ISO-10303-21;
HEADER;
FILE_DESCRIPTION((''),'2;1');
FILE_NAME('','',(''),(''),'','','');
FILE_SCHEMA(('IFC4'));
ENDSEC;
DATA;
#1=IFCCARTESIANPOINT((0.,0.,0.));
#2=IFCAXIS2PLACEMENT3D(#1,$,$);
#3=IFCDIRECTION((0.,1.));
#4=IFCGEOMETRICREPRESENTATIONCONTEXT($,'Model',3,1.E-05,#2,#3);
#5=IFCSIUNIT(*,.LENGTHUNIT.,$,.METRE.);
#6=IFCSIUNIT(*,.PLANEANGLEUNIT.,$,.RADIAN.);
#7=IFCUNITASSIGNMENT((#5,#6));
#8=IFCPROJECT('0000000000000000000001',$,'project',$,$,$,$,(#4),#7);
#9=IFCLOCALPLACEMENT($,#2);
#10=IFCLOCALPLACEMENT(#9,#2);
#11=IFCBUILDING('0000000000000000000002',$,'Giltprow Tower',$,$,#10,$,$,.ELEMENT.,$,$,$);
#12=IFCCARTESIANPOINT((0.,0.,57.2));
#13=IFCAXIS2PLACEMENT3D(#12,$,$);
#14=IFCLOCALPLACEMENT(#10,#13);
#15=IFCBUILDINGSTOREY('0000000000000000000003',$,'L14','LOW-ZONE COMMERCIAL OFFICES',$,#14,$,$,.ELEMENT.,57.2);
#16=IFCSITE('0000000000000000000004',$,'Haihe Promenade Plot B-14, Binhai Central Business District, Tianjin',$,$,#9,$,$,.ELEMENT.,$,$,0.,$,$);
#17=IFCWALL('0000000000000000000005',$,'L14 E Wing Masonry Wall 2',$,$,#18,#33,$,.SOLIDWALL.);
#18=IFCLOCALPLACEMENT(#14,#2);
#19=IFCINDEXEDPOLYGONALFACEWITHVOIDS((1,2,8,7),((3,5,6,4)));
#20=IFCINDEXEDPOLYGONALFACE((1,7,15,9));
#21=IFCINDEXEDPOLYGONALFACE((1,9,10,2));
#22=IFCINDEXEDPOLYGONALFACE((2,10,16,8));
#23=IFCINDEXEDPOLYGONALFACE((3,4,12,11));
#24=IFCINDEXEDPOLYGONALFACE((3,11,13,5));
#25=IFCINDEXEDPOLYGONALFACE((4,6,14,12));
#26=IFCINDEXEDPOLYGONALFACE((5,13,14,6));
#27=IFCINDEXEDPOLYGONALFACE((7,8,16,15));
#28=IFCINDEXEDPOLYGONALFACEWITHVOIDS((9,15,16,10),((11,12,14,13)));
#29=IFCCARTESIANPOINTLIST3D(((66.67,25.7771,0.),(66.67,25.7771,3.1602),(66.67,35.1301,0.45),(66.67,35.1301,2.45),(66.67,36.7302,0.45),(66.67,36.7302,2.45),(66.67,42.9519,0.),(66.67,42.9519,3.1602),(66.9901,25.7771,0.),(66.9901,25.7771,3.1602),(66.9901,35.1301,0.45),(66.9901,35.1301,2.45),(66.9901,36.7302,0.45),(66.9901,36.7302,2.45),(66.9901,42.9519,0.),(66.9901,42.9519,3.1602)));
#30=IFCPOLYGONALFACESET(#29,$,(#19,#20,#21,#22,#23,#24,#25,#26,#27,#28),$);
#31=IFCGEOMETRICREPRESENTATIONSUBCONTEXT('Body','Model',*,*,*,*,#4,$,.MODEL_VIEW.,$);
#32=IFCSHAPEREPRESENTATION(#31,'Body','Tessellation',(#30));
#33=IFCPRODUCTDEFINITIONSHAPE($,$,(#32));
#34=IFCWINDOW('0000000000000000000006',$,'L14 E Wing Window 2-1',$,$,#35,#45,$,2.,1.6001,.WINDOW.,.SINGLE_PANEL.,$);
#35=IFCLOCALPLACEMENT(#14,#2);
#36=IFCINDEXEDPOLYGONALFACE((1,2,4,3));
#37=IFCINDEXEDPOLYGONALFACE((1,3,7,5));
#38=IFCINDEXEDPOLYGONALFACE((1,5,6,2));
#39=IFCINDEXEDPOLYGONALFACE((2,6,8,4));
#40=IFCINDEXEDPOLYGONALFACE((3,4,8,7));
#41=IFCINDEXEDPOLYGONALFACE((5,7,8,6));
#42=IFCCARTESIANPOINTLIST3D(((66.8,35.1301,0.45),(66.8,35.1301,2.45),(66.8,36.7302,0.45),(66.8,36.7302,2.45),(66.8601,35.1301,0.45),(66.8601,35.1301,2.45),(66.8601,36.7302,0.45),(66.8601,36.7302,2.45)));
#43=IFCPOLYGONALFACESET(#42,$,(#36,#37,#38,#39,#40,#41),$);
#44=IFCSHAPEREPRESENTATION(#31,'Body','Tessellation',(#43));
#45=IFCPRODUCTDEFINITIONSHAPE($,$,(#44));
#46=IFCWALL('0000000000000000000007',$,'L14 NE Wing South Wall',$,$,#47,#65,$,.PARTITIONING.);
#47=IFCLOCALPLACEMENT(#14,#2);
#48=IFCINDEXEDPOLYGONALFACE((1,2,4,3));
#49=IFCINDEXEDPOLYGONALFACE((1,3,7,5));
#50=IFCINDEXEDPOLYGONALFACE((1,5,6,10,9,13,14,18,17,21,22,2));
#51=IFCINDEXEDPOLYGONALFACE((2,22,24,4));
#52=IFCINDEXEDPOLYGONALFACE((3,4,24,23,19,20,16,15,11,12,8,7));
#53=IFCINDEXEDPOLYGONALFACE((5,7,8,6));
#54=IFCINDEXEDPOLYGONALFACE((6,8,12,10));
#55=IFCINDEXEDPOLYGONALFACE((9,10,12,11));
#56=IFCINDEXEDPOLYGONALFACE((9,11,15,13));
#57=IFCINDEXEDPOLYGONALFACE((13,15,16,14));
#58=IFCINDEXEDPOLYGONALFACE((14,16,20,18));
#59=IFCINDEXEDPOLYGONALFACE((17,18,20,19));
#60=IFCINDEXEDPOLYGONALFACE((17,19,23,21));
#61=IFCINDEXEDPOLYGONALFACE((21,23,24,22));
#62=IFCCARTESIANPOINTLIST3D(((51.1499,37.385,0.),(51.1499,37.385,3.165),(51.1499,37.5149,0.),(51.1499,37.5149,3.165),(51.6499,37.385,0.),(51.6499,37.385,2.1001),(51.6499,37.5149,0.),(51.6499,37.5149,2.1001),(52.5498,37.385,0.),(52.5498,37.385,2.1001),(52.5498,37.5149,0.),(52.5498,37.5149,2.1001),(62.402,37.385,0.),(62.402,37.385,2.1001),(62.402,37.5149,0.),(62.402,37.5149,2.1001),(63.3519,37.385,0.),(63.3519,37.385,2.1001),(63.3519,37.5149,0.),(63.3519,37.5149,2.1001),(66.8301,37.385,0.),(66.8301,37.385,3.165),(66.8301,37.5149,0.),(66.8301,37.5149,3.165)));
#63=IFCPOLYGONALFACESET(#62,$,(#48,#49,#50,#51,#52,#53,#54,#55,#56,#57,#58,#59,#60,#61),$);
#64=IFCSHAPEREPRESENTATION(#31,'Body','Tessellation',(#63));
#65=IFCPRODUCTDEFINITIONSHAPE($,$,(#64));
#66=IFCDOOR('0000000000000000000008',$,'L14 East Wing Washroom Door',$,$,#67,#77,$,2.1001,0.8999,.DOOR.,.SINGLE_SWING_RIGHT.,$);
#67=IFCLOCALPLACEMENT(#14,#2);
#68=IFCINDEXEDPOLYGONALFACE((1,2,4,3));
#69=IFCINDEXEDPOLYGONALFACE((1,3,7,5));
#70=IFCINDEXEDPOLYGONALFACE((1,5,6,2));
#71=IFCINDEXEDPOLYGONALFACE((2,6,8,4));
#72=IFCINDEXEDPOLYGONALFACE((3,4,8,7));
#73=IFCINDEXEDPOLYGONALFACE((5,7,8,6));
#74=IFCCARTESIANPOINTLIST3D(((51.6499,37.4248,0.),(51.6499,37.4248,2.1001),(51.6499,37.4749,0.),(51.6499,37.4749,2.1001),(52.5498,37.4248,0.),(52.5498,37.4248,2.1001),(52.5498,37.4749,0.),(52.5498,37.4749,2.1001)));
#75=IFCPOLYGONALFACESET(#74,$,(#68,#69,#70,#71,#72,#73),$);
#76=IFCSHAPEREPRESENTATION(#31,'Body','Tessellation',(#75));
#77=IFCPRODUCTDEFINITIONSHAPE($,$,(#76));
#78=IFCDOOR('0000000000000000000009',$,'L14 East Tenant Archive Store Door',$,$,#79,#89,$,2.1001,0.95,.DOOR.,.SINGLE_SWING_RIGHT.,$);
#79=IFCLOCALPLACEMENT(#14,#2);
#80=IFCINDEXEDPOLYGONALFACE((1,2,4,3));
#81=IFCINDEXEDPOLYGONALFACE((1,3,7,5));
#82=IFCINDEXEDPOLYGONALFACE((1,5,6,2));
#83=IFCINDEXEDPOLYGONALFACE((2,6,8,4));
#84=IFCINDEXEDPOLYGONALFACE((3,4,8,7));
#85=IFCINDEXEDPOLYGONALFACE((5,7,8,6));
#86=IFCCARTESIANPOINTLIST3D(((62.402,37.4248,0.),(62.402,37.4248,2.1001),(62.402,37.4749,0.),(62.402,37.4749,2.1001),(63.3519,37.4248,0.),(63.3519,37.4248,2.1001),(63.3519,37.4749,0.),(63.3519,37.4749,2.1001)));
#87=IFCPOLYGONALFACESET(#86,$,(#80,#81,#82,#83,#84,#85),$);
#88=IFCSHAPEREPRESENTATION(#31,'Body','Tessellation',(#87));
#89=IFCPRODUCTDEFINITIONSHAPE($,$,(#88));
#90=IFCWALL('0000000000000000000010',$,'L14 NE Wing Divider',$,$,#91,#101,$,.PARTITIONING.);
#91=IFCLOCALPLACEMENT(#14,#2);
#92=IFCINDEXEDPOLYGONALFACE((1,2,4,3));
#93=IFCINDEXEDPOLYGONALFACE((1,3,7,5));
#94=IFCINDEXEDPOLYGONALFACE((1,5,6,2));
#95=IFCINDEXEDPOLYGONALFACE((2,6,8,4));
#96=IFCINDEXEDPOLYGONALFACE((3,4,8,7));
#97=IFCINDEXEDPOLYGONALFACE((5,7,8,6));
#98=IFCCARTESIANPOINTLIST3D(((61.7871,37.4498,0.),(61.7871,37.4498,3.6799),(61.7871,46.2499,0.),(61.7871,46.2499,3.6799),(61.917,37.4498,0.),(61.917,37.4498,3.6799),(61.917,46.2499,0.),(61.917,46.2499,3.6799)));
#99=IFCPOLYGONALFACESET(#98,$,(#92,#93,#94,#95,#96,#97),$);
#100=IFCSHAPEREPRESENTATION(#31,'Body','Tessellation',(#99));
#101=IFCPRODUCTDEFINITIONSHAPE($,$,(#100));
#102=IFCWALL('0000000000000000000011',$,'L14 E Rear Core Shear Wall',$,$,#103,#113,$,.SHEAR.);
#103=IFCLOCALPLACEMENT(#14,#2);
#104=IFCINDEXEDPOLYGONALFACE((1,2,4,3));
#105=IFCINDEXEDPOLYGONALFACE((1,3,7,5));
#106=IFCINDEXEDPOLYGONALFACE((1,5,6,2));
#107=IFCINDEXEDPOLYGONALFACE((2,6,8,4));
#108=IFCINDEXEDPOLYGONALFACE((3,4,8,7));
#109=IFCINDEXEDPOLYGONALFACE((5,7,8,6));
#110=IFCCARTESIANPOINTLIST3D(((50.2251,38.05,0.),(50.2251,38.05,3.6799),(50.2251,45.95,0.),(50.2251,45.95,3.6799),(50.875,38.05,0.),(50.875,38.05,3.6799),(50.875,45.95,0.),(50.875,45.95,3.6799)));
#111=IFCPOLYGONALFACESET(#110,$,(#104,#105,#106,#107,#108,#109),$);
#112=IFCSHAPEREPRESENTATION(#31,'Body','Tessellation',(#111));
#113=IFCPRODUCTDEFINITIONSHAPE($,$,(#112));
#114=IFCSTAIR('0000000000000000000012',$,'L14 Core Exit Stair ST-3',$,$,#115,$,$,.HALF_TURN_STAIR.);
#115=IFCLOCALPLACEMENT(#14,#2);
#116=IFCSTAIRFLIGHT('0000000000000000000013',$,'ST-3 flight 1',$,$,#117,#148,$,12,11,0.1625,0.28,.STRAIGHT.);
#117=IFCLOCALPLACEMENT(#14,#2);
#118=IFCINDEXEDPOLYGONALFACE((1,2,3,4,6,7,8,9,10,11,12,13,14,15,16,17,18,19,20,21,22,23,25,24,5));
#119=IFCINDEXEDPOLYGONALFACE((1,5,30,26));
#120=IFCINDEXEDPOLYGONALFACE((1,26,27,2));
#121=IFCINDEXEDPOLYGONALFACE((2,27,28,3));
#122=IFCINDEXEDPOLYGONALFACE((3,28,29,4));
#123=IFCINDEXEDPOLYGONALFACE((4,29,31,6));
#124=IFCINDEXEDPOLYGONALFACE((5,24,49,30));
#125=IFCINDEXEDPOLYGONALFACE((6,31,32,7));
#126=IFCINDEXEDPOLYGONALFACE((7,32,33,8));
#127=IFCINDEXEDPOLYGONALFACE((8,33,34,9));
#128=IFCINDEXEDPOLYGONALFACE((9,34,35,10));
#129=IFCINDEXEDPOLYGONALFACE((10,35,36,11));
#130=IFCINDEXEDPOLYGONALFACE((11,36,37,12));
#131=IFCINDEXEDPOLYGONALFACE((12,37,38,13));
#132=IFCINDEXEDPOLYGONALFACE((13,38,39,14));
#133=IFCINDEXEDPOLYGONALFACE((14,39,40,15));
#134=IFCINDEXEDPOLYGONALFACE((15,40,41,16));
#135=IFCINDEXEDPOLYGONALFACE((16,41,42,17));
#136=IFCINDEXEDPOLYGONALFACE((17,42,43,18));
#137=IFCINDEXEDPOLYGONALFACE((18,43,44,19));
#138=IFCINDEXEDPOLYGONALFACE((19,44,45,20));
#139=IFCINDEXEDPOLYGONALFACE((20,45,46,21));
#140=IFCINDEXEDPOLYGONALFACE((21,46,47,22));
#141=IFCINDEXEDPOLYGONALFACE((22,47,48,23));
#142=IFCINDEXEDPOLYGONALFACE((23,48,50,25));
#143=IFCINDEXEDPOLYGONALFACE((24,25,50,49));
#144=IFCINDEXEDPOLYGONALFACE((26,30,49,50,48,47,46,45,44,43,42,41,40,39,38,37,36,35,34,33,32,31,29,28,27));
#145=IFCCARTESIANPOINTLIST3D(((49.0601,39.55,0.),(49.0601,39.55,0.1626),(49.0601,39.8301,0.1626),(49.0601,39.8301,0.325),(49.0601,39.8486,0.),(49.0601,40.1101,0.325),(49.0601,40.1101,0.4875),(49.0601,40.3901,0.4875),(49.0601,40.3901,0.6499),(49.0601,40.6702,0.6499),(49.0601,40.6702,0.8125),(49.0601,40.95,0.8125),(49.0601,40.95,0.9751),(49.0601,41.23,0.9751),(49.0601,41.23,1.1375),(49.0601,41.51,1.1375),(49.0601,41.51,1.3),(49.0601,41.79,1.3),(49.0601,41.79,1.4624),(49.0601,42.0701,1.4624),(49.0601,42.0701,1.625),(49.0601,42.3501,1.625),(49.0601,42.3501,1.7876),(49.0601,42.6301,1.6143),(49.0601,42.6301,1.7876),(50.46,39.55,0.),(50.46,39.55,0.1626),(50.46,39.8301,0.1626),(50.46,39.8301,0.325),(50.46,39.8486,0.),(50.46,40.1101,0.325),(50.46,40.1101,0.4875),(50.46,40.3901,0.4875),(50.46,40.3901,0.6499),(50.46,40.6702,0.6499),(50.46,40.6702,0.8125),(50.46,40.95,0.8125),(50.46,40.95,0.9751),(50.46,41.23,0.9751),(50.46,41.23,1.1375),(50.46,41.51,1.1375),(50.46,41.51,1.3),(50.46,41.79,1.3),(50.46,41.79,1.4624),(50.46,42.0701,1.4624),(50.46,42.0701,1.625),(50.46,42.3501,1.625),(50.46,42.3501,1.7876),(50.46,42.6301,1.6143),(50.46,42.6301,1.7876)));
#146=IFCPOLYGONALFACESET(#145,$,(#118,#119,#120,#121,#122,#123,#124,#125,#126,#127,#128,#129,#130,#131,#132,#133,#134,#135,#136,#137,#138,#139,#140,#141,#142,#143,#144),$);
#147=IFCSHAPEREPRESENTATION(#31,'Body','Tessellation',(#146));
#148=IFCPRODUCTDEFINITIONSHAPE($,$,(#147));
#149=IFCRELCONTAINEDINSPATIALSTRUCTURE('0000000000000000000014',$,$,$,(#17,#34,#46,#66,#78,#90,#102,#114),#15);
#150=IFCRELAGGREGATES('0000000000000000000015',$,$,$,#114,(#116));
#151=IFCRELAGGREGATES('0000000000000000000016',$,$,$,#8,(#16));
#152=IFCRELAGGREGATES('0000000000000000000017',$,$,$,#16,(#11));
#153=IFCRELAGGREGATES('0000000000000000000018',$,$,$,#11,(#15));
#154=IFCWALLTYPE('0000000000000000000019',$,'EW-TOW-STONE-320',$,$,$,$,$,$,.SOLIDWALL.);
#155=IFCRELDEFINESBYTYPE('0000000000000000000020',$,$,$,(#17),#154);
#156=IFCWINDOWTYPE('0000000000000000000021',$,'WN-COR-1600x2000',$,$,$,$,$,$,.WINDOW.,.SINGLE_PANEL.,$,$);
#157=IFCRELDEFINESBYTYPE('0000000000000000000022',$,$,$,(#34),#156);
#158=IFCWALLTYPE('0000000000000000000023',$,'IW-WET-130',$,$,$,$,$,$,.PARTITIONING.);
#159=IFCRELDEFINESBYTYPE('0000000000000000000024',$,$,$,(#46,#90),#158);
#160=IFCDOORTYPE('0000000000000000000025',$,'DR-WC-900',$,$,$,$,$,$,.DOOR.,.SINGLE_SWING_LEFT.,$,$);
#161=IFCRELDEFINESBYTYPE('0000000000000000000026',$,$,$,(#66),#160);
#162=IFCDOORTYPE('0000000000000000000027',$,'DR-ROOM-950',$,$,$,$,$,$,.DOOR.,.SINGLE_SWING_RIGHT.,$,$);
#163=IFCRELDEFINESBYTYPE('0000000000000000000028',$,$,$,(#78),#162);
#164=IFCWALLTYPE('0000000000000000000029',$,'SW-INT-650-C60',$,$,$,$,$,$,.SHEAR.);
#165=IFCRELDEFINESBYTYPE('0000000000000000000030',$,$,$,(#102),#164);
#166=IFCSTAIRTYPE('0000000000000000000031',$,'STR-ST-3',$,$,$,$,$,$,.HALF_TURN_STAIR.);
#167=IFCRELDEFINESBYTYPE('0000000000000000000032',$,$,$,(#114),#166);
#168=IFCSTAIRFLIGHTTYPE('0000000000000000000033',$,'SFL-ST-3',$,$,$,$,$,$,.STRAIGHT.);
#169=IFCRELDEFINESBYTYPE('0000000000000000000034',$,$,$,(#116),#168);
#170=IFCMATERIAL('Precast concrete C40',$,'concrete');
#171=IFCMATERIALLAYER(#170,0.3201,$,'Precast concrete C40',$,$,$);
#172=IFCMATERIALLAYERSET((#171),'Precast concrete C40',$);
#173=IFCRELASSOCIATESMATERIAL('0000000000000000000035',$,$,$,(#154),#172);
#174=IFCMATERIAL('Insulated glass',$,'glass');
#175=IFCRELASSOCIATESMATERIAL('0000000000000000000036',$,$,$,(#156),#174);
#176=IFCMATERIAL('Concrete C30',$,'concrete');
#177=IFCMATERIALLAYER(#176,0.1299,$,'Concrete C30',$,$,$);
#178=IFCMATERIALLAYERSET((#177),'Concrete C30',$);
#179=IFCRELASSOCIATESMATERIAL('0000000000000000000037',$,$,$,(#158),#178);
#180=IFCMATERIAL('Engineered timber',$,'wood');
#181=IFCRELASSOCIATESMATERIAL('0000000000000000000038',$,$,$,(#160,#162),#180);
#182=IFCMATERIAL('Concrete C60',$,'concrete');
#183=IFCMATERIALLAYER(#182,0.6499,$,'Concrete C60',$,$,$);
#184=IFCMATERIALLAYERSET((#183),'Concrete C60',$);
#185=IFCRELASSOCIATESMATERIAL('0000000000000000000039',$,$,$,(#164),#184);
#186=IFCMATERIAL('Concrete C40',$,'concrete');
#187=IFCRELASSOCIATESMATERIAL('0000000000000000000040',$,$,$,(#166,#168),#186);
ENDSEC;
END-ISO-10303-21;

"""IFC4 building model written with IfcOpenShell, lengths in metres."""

from ifc_helpers import new_model, si_unit, direction, frame, frame_2d, origin, place, context, subcontext, project, spatial, polyline, rectangle, outline, extrude, source, transform, mapped, material, layer, layer_set, type_object, element, fill, aggregate, save


model = new_model("IFC4")

# Units and contexts
model_context = context("Model", 3, precision=1e-05, world=origin(), true_north=direction((0.0, 1.0)))
body_context = subcontext(model_context, "Body", "Model", "MODEL_VIEW")
ifc_project = project(units=[si_unit("LENGTHUNIT", "METRE"), si_unit("PLANEANGLEUNIT", "RADIAN")], contexts=[model_context])

# Site, building, storey
site_placement = place(None, origin())
site = spatial("IfcSite", under=ifc_project, at=site_placement, Name="Haihe Promenade Plot B-14, Binhai Central Business District, Tianjin", CompositionType="ELEMENT", RefElevation=0.0)
building_placement = place(site_placement, origin())
building = spatial("IfcBuilding", under=site, at=building_placement, Name="Giltprow Tower", CompositionType="ELEMENT")
storey_placement = place(building_placement, frame((0.0, 0.0, 57.2)))
storey = spatial("IfcBuildingStorey", under=building, at=storey_placement, Name="L14", Description="LOW-ZONE COMMERCIAL OFFICES", CompositionType="ELEMENT", Elevation=57.2)

# Shared definitions
ifc_material_1 = material(Name="Concrete C60", Category="concrete")

# Wall, opening, window
ifc_material_2 = material(Name="Precast concrete C40", Category="concrete")
ifc_layer_1 = layer(ifc_material_2, 0.3201, Name="Precast concrete C40")
ifc_layer_set_1 = layer_set([ifc_layer_1], Name="Precast concrete C40")
wall_type_1 = type_object("IfcWallType", Name="EW-TOW-STONE-320", PredefinedType="SOLIDWALL", material=ifc_layer_set_1)
wall_1_placement = place(storey_placement, frame((66.8301, 25.7771, 0.0), z_axis=(0.0, 0.0, 1.0), x_axis=(0.0, 1.0, 0.0)))
wall_1 = element("IfcWall", 1, at=wall_1_placement, inside=storey, type_object=wall_type_1, Name="L14 E Wing Masonry Wall 2", PredefinedType="SOLIDWALL", context=body_context, shape_type="SweptSolid", body=[
    extrude(rectangle(XDim=17.1748, YDim=0.3201, at=frame_2d((8.5874, 0.0))), origin(), (0.0, 0.0, 1.0), 3.1602),
])
opening_1_placement = place(wall_1_placement, frame((9.353, 0.0, 0.45)))
opening_1 = element("IfcOpeningElement", 2, at=opening_1_placement, cuts=wall_1, PredefinedType="OPENING", context=body_context, shape_type="SweptSolid", body=[
    extrude(rectangle(XDim=1.6001, YDim=2.0, at=frame_2d((0.8, 1.0))), frame((0.0, 0.1699, 0.0), z_axis=(0.0, -1.0, 0.0), x_axis=(1.0, 0.0, 0.0)), (0.0, 0.0, 1.0), 0.3401),
])
ifc_material_3 = material(Name="Insulated glass", Category="glass")
window_type = type_object("IfcWindowType", Name="WN-COR-1600x2000", PartitioningType="SINGLE_PANEL", PredefinedType="WINDOW", material=ifc_material_3)
shared_shape_1 = source(origin(), body_context, "Body", "SweptSolid", [
    extrude(rectangle(XDim=1.6001, YDim=2.0, at=frame_2d((0.8, 1.0))), frame((0.0, 0.03, 0.0), z_axis=(0.0, -1.0, 0.0), x_axis=(1.0, 0.0, 0.0)), (0.0, 0.0, 1.0), 0.0601),
])
window_placement = place(opening_1_placement, origin())
window = element("IfcWindow", 3, at=window_placement, inside=storey, type_object=window_type, Name="L14 E Wing Window 2-1", OverallHeight=2.0, OverallWidth=1.6001, PartitioningType="SINGLE_PANEL", PredefinedType="WINDOW", context=body_context, shape_type="MappedRepresentation", body=[
    mapped(shared_shape_1, transform((0.0, 0.0, 0.0), x_axis=(1.0, 0.0, 0.0), y_axis=(0.0, 1.0, 0.0), z_axis=(0.0, 0.0, 1.0), scale=1.0)),
])
fill(opening_1, window)

# Wall, openings, doors
ifc_material_4 = material(Name="Concrete C30", Category="concrete")
ifc_layer_2 = layer(ifc_material_4, 0.1299, Name="Concrete C30")
ifc_layer_set_2 = layer_set([ifc_layer_2], Name="Concrete C30")
wall_type_2 = type_object("IfcWallType", Name="IW-WET-130", PredefinedType="PARTITIONING", material=ifc_layer_set_2)
wall_2_placement = place(storey_placement, frame((51.1499, 37.45, 0.0), z_axis=(0.0, 0.0, 1.0), x_axis=(1.0, 0.0, 0.0)))
wall_2 = element("IfcWall", 4, at=wall_2_placement, inside=storey, type_object=wall_type_2, Name="L14 NE Wing South Wall", PredefinedType="PARTITIONING", context=body_context, shape_type="SweptSolid", body=[
    extrude(rectangle(XDim=15.6802, YDim=0.1299, at=frame_2d((7.8401, 0.0))), origin(), (0.0, 0.0, 1.0), 3.165),
])
opening_2_placement = place(wall_2_placement, frame((0.5, 0.0, 0.0)))
opening_2 = element("IfcOpeningElement", 5, at=opening_2_placement, cuts=wall_2, PredefinedType="OPENING", context=body_context, shape_type="SweptSolid", body=[
    extrude(rectangle(XDim=0.8999, YDim=2.1001, at=frame_2d((0.45, 1.05))), frame((0.0, 0.075, 0.0), z_axis=(0.0, -1.0, 0.0), x_axis=(1.0, 0.0, 0.0)), (0.0, 0.0, 1.0), 0.1499),
])
opening_3_placement = place(wall_2_placement, frame((11.252, 0.0, 0.0)))
opening_3 = element("IfcOpeningElement", 6, at=opening_3_placement, cuts=wall_2, PredefinedType="OPENING", context=body_context, shape_type="SweptSolid", body=[
    extrude(rectangle(XDim=0.95, YDim=2.1001, at=frame_2d((0.4751, 1.05))), frame((0.0, 0.075, 0.0), z_axis=(0.0, -1.0, 0.0), x_axis=(1.0, 0.0, 0.0)), (0.0, 0.0, 1.0), 0.1499),
])
ifc_material_5 = material(Name="Engineered timber", Category="wood")
door_type_1 = type_object("IfcDoorType", Name="DR-WC-900", OperationType="SINGLE_SWING_LEFT", PredefinedType="DOOR", material=ifc_material_5)
shared_shape_2 = source(origin(), body_context, "Body", "SweptSolid", [
    extrude(rectangle(XDim=0.8999, YDim=2.1001, at=frame_2d((0.45, 1.05))), frame((0.0, 0.0249, 0.0), z_axis=(0.0, -1.0, 0.0), x_axis=(1.0, 0.0, 0.0)), (0.0, 0.0, 1.0), 0.05),
])
door_1_placement = place(opening_2_placement, origin())
door_1 = element("IfcDoor", 7, at=door_1_placement, inside=storey, type_object=door_type_1, Name="L14 East Wing Washroom Door", OperationType="SINGLE_SWING_RIGHT", OverallHeight=2.1001, OverallWidth=0.8999, PredefinedType="DOOR", context=body_context, shape_type="MappedRepresentation", body=[
    mapped(shared_shape_2, transform((0.0, 0.0, 0.0), x_axis=(1.0, 0.0, 0.0), y_axis=(0.0, 1.0, 0.0), z_axis=(0.0, 0.0, 1.0), scale=1.0)),
])
fill(opening_2, door_1)
door_type_2 = type_object("IfcDoorType", Name="DR-ROOM-950", OperationType="SINGLE_SWING_RIGHT", PredefinedType="DOOR", material=ifc_material_5)
shared_shape_3 = source(origin(), body_context, "Body", "SweptSolid", [
    extrude(rectangle(XDim=0.95, YDim=2.1001, at=frame_2d((0.4751, 1.05))), frame((0.0, 0.0249, 0.0), z_axis=(0.0, -1.0, 0.0), x_axis=(1.0, 0.0, 0.0)), (0.0, 0.0, 1.0), 0.05),
])
door_2_placement = place(opening_3_placement, origin())
door_2 = element("IfcDoor", 8, at=door_2_placement, inside=storey, type_object=door_type_2, Name="L14 East Tenant Archive Store Door", OperationType="SINGLE_SWING_RIGHT", OverallHeight=2.1001, OverallWidth=0.95, PredefinedType="DOOR", context=body_context, shape_type="MappedRepresentation", body=[
    mapped(shared_shape_3, transform((0.0, 0.0, 0.0), x_axis=(1.0, 0.0, 0.0), y_axis=(0.0, 1.0, 0.0), z_axis=(0.0, 0.0, 1.0), scale=1.0)),
])
fill(opening_3, door_2)

# Walls
wall_3_placement = place(storey_placement, frame((61.8521, 37.45, 0.0), z_axis=(0.0, 0.0, 1.0), x_axis=(0.0, 1.0, 0.0)))
element("IfcWall", 9, at=wall_3_placement, inside=storey, type_object=wall_type_2, Name="L14 NE Wing Divider", PredefinedType="PARTITIONING", context=body_context, shape_type="SweptSolid", body=[
    extrude(rectangle(XDim=8.8, YDim=0.1299, at=frame_2d((4.3999, 0.0))), origin(), (0.0, 0.0, 1.0), 3.6799),
])
ifc_layer_3 = layer(ifc_material_1, 0.6499, Name="Concrete C60")
ifc_layer_set_3 = layer_set([ifc_layer_3], Name="Concrete C60")
wall_type_3 = type_object("IfcWallType", Name="SW-INT-650-C60", PredefinedType="SHEAR", material=ifc_layer_set_3)
wall_4_placement = place(storey_placement, frame((50.55, 38.05, 0.0), z_axis=(0.0, 0.0, 1.0), x_axis=(0.0, 1.0, 0.0)))
element("IfcWall", 10, at=wall_4_placement, inside=storey, type_object=wall_type_3, Name="L14 E Rear Core Shear Wall", PredefinedType="SHEAR", context=body_context, shape_type="SweptSolid", body=[
    extrude(rectangle(XDim=7.8999, YDim=0.6499, at=frame_2d((3.95, 0.0))), origin(), (0.0, 0.0, 1.0), 3.6799),
])

# Stair, stair flight
ifc_material_6 = material(Name="Concrete C40", Category="concrete")
stair_type = type_object("IfcStairType", Name="STR-ST-3", PredefinedType="HALF_TURN_STAIR", material=ifc_material_6)
stair_placement = place(storey_placement, origin())
stair = element("IfcStair", 11, at=stair_placement, inside=storey, type_object=stair_type, Name="L14 Core Exit Stair ST-3", PredefinedType="HALF_TURN_STAIR")
stair_flight_type = type_object("IfcStairFlightType", Name="SFL-ST-3", PredefinedType="STRAIGHT", material=ifc_material_6)
stair_flight_placement = place(storey_placement, frame((49.76, 39.55, 0.0), z_axis=(0.0, 0.0, 1.0), x_axis=(0.0, 1.0, 0.0)))
stair_flight = element("IfcStairFlight", 12, at=stair_flight_placement, type_object=stair_flight_type, Name="ST-3 flight 1", NumberOfRisers=12, NumberOfTreads=11, PredefinedType="STRAIGHT", RiserHeight=0.1625, TreadLength=0.28, context=body_context, shape_type="SweptSolid", body=[
    extrude(outline(polyline([(0.0, 0.0), (0.0, 0.1626), (0.28, 0.1626), (0.28, 0.325), (0.5601, 0.325), (0.5601, 0.4875), (0.8401, 0.4875), (0.8401, 0.6499), (1.1201, 0.6499), (1.1201, 0.8125), (1.3999, 0.8125), (1.3999, 0.9751), (1.6799, 0.9751), (1.6799, 1.1375), (1.96, 1.1375), (1.96, 1.3), (2.24, 1.3), (2.24, 1.4624), (2.52, 1.4624), (2.52, 1.625), (2.8, 1.625), (2.8, 1.7876), (3.0801, 1.7876), (3.0801, 1.95), (3.0801, 1.6143), (0.2986, 0.0), (0.0, 0.0)])), frame((0.0, 0.7, 0.0), z_axis=(0.0, -1.0, 0.0), x_axis=(1.0, 0.0, 0.0)), (0.0, 0.0, 1.0), 1.3999),
])
aggregate(stair, [stair_flight])

save(model, "model.ifc")
